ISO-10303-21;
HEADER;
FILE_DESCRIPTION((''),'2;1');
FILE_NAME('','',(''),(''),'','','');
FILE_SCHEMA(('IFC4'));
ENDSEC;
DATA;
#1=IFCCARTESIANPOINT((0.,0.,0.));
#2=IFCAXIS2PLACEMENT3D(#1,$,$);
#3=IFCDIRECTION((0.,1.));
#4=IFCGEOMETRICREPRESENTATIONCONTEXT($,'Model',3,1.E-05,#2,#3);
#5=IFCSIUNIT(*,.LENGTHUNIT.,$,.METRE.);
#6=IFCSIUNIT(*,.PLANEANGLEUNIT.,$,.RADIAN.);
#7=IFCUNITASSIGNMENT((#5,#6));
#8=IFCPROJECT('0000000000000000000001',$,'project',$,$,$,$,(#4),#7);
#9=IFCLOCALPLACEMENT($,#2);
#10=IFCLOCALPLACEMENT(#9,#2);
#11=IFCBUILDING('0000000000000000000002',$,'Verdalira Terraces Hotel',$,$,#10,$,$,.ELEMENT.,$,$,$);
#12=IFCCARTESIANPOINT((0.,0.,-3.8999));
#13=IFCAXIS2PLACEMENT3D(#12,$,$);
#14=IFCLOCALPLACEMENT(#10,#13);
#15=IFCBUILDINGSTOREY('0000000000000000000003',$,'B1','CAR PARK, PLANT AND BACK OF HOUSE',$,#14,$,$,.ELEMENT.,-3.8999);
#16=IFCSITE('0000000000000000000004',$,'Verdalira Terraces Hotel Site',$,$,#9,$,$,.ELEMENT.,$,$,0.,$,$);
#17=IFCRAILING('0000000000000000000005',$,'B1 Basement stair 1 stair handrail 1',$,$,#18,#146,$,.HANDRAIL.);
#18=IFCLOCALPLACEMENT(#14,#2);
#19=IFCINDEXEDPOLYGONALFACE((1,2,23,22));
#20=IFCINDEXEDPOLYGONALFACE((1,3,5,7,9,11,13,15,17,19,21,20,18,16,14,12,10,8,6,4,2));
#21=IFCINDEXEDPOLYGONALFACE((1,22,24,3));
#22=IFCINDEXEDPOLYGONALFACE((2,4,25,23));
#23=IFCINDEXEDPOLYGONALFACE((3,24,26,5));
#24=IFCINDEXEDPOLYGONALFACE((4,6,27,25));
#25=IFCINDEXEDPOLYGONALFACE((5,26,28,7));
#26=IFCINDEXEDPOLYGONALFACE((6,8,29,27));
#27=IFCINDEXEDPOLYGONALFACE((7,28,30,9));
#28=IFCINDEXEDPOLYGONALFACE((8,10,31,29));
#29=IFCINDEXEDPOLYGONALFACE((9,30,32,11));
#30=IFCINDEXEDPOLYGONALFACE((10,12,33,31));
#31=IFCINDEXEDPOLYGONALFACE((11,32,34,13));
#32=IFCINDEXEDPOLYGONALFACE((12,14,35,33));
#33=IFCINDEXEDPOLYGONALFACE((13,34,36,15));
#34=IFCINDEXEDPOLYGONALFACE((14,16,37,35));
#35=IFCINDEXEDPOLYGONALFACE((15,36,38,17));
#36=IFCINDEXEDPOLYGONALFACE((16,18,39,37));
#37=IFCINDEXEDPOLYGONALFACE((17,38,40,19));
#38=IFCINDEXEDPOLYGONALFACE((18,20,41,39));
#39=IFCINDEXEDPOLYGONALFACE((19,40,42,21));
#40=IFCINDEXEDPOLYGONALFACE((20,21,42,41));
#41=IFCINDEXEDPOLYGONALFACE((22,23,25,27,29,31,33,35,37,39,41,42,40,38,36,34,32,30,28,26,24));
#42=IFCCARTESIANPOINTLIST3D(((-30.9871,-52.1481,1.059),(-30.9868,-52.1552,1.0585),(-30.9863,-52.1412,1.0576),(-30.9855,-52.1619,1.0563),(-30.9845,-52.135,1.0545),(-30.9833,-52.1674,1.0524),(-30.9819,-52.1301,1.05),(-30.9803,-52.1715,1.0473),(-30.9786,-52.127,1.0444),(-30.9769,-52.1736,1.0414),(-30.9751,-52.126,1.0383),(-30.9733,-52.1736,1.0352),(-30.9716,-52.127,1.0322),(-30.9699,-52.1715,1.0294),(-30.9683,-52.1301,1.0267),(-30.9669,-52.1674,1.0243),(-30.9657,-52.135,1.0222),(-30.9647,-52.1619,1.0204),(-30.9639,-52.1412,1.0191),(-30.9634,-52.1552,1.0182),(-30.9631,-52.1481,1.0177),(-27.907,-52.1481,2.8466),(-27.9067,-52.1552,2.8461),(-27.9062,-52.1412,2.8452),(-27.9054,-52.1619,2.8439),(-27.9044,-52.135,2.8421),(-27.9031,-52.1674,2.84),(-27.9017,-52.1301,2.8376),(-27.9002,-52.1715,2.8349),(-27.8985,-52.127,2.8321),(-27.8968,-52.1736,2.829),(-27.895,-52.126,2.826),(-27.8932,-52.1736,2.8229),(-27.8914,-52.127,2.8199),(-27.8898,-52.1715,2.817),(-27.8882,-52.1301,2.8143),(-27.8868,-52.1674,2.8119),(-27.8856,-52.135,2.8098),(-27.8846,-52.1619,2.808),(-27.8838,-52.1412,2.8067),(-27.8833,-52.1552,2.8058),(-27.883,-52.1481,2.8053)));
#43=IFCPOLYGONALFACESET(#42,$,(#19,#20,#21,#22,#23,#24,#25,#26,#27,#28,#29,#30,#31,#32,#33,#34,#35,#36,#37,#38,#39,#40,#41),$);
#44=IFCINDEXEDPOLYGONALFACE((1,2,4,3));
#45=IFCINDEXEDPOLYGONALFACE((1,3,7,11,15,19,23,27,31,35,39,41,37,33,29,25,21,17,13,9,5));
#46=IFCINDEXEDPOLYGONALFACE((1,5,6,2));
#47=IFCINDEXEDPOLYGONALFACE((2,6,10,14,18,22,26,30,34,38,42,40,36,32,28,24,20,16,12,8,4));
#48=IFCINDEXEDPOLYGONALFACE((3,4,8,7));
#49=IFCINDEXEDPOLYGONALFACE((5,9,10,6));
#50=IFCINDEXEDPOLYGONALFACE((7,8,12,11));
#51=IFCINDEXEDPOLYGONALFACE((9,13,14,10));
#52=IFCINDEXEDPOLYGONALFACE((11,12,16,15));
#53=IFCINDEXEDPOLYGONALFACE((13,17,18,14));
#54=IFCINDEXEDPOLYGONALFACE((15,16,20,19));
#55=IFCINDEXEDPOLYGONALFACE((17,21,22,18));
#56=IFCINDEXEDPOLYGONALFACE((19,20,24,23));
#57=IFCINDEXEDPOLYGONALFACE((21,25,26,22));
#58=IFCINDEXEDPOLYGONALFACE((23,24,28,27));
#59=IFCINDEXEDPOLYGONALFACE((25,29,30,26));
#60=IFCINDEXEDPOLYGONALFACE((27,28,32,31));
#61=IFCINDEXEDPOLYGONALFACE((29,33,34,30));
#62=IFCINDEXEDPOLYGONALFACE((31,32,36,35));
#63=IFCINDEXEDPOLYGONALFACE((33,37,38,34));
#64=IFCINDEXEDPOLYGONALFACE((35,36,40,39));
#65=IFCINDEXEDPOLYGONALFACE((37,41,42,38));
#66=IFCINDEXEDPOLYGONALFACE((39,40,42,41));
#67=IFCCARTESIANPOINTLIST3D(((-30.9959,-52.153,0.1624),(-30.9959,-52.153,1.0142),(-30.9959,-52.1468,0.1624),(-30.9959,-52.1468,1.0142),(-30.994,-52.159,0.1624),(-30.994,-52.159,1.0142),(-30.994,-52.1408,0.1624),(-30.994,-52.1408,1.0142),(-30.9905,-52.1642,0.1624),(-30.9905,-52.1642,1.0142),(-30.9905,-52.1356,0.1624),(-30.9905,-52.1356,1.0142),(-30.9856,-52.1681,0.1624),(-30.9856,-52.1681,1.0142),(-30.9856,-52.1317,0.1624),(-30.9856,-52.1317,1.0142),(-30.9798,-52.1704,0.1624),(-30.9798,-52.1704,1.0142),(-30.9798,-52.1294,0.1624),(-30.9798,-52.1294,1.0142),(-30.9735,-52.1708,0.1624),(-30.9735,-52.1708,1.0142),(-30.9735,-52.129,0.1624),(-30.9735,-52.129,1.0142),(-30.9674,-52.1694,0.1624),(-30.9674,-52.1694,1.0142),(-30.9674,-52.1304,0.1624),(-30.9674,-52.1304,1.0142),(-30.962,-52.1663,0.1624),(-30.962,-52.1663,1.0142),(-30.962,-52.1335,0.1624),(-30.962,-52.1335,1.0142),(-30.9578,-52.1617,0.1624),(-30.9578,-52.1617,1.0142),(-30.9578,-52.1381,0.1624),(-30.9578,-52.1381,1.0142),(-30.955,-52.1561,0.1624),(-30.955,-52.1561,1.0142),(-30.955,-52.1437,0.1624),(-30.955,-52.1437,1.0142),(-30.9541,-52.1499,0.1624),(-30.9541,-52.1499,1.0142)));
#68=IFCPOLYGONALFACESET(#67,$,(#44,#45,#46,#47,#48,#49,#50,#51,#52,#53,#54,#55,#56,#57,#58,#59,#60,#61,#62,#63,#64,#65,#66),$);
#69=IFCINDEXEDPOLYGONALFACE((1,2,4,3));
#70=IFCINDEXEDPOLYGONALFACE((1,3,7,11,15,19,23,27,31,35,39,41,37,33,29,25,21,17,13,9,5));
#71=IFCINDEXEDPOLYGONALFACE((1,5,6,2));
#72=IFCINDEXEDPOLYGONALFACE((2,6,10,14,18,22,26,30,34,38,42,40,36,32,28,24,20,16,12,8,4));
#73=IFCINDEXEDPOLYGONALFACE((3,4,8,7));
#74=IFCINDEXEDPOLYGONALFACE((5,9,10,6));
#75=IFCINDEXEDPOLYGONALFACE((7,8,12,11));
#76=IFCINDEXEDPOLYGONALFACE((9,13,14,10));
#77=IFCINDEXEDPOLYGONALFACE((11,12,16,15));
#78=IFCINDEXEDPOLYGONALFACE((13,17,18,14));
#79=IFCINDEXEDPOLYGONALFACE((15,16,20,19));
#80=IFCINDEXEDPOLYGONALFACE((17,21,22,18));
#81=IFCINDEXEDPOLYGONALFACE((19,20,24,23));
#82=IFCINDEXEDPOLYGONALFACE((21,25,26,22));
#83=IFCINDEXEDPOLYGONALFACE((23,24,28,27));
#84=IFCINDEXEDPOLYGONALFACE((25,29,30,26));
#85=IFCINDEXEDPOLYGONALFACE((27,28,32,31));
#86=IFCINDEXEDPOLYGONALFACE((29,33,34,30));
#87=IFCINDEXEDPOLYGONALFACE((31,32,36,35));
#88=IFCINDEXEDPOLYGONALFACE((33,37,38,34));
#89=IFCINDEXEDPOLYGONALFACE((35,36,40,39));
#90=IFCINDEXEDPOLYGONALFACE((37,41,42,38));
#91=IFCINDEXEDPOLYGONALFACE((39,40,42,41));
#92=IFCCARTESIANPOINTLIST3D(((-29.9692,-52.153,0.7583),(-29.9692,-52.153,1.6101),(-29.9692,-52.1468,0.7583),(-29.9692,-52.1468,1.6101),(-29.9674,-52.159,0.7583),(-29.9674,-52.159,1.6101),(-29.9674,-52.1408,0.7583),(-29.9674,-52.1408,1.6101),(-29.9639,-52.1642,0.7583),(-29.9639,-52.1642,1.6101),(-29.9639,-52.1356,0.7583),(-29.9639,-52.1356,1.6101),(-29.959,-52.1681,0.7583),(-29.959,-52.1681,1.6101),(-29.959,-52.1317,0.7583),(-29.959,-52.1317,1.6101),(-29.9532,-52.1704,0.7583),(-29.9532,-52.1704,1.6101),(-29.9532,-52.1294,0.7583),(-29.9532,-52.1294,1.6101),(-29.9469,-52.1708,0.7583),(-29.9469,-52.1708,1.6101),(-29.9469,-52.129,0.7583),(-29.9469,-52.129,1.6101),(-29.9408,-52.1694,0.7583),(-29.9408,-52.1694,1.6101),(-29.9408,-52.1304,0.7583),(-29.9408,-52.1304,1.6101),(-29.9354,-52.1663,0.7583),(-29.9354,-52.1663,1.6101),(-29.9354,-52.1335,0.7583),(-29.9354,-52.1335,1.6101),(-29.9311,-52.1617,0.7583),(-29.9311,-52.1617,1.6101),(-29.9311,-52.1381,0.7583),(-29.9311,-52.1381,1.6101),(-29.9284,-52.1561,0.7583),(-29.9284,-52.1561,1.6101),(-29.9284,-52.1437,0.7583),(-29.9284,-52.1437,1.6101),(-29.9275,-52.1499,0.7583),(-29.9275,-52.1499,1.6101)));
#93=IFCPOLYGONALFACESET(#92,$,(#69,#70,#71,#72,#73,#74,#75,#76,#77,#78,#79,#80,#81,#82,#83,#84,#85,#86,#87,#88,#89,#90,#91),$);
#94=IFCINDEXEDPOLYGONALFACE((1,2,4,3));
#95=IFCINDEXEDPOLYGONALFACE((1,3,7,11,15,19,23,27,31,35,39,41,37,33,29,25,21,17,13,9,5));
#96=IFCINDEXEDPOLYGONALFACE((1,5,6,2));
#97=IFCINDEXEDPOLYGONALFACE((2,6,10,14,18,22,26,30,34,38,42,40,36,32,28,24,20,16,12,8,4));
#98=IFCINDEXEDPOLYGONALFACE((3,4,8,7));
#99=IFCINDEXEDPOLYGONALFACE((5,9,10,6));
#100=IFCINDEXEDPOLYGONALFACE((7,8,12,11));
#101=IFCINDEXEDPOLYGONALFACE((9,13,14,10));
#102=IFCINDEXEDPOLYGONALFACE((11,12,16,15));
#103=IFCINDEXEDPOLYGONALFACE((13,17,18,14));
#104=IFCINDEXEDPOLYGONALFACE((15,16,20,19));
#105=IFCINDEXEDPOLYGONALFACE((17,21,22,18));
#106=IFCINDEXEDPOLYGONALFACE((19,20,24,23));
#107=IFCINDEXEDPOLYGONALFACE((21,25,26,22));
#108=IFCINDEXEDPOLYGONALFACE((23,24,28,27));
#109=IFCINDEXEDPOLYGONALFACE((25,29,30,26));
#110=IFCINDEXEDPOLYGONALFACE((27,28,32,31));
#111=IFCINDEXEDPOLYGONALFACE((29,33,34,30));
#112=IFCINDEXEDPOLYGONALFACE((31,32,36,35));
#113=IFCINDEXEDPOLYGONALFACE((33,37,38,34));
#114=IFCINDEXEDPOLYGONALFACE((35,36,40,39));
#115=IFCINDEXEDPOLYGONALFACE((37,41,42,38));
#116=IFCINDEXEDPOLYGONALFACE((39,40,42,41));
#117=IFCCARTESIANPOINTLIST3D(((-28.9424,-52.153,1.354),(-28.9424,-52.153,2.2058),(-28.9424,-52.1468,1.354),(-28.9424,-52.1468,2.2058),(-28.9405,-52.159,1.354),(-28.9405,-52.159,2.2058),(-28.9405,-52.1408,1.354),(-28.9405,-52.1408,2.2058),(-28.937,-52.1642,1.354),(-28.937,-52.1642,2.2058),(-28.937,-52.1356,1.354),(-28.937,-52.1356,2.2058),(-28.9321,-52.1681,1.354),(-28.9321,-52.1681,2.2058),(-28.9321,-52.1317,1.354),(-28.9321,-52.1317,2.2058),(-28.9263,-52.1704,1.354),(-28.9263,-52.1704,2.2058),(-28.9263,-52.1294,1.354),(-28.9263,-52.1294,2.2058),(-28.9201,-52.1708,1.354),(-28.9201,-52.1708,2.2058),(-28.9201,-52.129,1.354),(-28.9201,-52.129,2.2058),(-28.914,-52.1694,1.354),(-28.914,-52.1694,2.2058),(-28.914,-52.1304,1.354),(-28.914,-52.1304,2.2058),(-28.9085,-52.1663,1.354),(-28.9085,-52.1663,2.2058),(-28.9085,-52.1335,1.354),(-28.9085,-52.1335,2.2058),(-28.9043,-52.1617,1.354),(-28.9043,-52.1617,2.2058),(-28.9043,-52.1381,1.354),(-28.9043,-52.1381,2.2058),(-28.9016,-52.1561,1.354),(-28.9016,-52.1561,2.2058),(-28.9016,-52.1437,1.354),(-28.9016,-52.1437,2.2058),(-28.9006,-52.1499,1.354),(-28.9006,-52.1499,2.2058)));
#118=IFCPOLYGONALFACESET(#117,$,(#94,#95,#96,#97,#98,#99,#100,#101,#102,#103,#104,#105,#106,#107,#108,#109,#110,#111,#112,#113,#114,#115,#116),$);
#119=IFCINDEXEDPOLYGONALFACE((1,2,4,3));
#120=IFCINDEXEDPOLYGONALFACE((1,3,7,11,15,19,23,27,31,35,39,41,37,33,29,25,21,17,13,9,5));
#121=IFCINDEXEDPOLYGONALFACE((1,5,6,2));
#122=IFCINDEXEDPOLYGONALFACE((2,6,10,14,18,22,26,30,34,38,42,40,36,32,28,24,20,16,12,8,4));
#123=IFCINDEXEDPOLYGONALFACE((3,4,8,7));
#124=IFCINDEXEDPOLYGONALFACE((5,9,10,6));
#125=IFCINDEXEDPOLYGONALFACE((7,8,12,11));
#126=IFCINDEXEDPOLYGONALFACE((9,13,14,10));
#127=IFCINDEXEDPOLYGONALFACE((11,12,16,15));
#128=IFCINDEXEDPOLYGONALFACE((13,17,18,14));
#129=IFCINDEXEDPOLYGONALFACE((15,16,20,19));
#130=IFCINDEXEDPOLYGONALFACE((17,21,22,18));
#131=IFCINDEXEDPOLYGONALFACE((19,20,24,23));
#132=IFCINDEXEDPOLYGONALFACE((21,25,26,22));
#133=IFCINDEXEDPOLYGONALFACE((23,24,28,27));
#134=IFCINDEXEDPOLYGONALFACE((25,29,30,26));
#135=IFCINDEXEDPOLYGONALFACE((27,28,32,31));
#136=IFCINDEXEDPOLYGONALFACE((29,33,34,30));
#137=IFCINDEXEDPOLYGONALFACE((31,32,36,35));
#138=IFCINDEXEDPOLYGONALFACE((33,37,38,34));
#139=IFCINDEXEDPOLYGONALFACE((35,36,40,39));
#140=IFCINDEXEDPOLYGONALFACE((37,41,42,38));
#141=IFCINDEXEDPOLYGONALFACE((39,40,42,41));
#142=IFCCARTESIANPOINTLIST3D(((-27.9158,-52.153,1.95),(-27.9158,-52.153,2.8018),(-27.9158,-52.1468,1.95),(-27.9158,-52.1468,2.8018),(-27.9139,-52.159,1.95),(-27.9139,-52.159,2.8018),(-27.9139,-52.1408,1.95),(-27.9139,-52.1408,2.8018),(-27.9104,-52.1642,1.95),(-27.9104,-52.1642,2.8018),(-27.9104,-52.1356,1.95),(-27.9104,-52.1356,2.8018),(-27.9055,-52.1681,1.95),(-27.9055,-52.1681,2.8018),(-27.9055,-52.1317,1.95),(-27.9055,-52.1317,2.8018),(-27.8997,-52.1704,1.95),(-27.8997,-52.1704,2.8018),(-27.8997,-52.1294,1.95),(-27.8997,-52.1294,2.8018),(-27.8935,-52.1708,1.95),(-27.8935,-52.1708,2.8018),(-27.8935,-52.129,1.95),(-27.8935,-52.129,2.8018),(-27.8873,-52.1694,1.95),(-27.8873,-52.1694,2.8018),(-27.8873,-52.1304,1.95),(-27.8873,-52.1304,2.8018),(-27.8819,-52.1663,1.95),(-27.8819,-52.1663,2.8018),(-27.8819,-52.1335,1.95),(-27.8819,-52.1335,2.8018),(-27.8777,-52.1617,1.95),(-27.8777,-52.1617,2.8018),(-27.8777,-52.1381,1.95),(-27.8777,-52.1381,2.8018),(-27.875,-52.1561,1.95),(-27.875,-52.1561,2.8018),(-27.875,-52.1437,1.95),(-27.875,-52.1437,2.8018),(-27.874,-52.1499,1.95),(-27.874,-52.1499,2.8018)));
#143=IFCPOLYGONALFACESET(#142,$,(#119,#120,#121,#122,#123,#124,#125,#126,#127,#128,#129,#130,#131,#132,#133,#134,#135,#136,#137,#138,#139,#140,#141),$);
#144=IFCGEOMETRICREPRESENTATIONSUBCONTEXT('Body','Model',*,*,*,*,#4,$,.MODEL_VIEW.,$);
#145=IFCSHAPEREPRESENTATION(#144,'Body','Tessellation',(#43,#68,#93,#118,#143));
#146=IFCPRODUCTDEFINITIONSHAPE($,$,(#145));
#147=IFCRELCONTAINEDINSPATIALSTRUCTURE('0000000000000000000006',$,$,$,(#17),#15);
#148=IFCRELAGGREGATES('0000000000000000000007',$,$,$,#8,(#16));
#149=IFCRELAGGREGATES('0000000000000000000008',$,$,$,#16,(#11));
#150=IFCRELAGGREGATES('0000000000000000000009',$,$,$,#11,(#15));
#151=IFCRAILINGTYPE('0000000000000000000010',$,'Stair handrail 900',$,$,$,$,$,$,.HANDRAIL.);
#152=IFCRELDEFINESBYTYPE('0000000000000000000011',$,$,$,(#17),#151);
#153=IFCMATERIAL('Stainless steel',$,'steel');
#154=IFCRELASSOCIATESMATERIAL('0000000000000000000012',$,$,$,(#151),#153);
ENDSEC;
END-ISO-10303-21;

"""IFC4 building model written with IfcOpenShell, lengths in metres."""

from ifc_helpers import new_model, si_unit, direction, frame, origin, origin_2d, place, context, subcontext, project, spatial, circle, extrude, material, type_object, element, save


model = new_model("IFC4")

# Units and contexts
model_context = context("Model", 3, precision=1e-05, world=origin(), true_north=direction((0.0, 1.0)))
body_context = subcontext(model_context, "Body", "Model", "MODEL_VIEW")
ifc_project = project(units=[si_unit("LENGTHUNIT", "METRE"), si_unit("PLANEANGLEUNIT", "RADIAN")], contexts=[model_context])

# Site, building, storey
site_placement = place(None, origin())
site = spatial("IfcSite", under=ifc_project, at=site_placement, Name="Verdalira Terraces Hotel Site", CompositionType="ELEMENT", RefElevation=0.0)
building_placement = place(site_placement, origin())
building = spatial("IfcBuilding", under=site, at=building_placement, Name="Verdalira Terraces Hotel", CompositionType="ELEMENT")
storey_placement = place(building_placement, frame((0.0, 0.0, -3.8999)))
storey = spatial("IfcBuildingStorey", under=building, at=storey_placement, Name="B1", Description="CAR PARK, PLANT AND BACK OF HOUSE", CompositionType="ELEMENT", Elevation=-3.8999)

# Railing
ifc_material_1 = material(Name="Stainless steel", Category="steel")
railing_type_1 = type_object("IfcRailingType", Name="Stair handrail 900", PredefinedType="HANDRAIL", material=ifc_material_1)
railing_1_placement = place(storey_placement, frame((-30.9751, -52.1499, 0.1624)))
element("IfcRailing", 1, at=railing_1_placement, inside=storey, type_object=railing_type_1, Name="B1 Basement stair 1 stair handrail 1", PredefinedType="HANDRAIL", context=body_context, shape_type="SweptSolid", body=[
    extrude(circle(Radius=0.0239, at=origin_2d()), frame((0.0, 0.0, 0.876), z_axis=(0.864891, 0.0, 0.50196), x_axis=(0.0, 1.0, 0.0)), (0.0, 0.0, 1.0), 3.5613),
    extrude(circle(Radius=0.021, at=origin_2d()), origin(), (0.0, 0.0, 1.0), 0.8518),
    extrude(circle(Radius=0.021, at=origin_2d()), frame((1.0266, 0.0, 0.5959)), (0.0, 0.0, 1.0), 0.8518),
    extrude(circle(Radius=0.021, at=origin_2d()), frame((2.0535, 0.0, 1.1917)), (0.0, 0.0, 1.0), 0.8518),
    extrude(circle(Radius=0.021, at=origin_2d()), frame((3.0801, 0.0, 1.7876)), (0.0, 0.0, 1.0), 0.8518),
])

save(model, "model.ifc")
